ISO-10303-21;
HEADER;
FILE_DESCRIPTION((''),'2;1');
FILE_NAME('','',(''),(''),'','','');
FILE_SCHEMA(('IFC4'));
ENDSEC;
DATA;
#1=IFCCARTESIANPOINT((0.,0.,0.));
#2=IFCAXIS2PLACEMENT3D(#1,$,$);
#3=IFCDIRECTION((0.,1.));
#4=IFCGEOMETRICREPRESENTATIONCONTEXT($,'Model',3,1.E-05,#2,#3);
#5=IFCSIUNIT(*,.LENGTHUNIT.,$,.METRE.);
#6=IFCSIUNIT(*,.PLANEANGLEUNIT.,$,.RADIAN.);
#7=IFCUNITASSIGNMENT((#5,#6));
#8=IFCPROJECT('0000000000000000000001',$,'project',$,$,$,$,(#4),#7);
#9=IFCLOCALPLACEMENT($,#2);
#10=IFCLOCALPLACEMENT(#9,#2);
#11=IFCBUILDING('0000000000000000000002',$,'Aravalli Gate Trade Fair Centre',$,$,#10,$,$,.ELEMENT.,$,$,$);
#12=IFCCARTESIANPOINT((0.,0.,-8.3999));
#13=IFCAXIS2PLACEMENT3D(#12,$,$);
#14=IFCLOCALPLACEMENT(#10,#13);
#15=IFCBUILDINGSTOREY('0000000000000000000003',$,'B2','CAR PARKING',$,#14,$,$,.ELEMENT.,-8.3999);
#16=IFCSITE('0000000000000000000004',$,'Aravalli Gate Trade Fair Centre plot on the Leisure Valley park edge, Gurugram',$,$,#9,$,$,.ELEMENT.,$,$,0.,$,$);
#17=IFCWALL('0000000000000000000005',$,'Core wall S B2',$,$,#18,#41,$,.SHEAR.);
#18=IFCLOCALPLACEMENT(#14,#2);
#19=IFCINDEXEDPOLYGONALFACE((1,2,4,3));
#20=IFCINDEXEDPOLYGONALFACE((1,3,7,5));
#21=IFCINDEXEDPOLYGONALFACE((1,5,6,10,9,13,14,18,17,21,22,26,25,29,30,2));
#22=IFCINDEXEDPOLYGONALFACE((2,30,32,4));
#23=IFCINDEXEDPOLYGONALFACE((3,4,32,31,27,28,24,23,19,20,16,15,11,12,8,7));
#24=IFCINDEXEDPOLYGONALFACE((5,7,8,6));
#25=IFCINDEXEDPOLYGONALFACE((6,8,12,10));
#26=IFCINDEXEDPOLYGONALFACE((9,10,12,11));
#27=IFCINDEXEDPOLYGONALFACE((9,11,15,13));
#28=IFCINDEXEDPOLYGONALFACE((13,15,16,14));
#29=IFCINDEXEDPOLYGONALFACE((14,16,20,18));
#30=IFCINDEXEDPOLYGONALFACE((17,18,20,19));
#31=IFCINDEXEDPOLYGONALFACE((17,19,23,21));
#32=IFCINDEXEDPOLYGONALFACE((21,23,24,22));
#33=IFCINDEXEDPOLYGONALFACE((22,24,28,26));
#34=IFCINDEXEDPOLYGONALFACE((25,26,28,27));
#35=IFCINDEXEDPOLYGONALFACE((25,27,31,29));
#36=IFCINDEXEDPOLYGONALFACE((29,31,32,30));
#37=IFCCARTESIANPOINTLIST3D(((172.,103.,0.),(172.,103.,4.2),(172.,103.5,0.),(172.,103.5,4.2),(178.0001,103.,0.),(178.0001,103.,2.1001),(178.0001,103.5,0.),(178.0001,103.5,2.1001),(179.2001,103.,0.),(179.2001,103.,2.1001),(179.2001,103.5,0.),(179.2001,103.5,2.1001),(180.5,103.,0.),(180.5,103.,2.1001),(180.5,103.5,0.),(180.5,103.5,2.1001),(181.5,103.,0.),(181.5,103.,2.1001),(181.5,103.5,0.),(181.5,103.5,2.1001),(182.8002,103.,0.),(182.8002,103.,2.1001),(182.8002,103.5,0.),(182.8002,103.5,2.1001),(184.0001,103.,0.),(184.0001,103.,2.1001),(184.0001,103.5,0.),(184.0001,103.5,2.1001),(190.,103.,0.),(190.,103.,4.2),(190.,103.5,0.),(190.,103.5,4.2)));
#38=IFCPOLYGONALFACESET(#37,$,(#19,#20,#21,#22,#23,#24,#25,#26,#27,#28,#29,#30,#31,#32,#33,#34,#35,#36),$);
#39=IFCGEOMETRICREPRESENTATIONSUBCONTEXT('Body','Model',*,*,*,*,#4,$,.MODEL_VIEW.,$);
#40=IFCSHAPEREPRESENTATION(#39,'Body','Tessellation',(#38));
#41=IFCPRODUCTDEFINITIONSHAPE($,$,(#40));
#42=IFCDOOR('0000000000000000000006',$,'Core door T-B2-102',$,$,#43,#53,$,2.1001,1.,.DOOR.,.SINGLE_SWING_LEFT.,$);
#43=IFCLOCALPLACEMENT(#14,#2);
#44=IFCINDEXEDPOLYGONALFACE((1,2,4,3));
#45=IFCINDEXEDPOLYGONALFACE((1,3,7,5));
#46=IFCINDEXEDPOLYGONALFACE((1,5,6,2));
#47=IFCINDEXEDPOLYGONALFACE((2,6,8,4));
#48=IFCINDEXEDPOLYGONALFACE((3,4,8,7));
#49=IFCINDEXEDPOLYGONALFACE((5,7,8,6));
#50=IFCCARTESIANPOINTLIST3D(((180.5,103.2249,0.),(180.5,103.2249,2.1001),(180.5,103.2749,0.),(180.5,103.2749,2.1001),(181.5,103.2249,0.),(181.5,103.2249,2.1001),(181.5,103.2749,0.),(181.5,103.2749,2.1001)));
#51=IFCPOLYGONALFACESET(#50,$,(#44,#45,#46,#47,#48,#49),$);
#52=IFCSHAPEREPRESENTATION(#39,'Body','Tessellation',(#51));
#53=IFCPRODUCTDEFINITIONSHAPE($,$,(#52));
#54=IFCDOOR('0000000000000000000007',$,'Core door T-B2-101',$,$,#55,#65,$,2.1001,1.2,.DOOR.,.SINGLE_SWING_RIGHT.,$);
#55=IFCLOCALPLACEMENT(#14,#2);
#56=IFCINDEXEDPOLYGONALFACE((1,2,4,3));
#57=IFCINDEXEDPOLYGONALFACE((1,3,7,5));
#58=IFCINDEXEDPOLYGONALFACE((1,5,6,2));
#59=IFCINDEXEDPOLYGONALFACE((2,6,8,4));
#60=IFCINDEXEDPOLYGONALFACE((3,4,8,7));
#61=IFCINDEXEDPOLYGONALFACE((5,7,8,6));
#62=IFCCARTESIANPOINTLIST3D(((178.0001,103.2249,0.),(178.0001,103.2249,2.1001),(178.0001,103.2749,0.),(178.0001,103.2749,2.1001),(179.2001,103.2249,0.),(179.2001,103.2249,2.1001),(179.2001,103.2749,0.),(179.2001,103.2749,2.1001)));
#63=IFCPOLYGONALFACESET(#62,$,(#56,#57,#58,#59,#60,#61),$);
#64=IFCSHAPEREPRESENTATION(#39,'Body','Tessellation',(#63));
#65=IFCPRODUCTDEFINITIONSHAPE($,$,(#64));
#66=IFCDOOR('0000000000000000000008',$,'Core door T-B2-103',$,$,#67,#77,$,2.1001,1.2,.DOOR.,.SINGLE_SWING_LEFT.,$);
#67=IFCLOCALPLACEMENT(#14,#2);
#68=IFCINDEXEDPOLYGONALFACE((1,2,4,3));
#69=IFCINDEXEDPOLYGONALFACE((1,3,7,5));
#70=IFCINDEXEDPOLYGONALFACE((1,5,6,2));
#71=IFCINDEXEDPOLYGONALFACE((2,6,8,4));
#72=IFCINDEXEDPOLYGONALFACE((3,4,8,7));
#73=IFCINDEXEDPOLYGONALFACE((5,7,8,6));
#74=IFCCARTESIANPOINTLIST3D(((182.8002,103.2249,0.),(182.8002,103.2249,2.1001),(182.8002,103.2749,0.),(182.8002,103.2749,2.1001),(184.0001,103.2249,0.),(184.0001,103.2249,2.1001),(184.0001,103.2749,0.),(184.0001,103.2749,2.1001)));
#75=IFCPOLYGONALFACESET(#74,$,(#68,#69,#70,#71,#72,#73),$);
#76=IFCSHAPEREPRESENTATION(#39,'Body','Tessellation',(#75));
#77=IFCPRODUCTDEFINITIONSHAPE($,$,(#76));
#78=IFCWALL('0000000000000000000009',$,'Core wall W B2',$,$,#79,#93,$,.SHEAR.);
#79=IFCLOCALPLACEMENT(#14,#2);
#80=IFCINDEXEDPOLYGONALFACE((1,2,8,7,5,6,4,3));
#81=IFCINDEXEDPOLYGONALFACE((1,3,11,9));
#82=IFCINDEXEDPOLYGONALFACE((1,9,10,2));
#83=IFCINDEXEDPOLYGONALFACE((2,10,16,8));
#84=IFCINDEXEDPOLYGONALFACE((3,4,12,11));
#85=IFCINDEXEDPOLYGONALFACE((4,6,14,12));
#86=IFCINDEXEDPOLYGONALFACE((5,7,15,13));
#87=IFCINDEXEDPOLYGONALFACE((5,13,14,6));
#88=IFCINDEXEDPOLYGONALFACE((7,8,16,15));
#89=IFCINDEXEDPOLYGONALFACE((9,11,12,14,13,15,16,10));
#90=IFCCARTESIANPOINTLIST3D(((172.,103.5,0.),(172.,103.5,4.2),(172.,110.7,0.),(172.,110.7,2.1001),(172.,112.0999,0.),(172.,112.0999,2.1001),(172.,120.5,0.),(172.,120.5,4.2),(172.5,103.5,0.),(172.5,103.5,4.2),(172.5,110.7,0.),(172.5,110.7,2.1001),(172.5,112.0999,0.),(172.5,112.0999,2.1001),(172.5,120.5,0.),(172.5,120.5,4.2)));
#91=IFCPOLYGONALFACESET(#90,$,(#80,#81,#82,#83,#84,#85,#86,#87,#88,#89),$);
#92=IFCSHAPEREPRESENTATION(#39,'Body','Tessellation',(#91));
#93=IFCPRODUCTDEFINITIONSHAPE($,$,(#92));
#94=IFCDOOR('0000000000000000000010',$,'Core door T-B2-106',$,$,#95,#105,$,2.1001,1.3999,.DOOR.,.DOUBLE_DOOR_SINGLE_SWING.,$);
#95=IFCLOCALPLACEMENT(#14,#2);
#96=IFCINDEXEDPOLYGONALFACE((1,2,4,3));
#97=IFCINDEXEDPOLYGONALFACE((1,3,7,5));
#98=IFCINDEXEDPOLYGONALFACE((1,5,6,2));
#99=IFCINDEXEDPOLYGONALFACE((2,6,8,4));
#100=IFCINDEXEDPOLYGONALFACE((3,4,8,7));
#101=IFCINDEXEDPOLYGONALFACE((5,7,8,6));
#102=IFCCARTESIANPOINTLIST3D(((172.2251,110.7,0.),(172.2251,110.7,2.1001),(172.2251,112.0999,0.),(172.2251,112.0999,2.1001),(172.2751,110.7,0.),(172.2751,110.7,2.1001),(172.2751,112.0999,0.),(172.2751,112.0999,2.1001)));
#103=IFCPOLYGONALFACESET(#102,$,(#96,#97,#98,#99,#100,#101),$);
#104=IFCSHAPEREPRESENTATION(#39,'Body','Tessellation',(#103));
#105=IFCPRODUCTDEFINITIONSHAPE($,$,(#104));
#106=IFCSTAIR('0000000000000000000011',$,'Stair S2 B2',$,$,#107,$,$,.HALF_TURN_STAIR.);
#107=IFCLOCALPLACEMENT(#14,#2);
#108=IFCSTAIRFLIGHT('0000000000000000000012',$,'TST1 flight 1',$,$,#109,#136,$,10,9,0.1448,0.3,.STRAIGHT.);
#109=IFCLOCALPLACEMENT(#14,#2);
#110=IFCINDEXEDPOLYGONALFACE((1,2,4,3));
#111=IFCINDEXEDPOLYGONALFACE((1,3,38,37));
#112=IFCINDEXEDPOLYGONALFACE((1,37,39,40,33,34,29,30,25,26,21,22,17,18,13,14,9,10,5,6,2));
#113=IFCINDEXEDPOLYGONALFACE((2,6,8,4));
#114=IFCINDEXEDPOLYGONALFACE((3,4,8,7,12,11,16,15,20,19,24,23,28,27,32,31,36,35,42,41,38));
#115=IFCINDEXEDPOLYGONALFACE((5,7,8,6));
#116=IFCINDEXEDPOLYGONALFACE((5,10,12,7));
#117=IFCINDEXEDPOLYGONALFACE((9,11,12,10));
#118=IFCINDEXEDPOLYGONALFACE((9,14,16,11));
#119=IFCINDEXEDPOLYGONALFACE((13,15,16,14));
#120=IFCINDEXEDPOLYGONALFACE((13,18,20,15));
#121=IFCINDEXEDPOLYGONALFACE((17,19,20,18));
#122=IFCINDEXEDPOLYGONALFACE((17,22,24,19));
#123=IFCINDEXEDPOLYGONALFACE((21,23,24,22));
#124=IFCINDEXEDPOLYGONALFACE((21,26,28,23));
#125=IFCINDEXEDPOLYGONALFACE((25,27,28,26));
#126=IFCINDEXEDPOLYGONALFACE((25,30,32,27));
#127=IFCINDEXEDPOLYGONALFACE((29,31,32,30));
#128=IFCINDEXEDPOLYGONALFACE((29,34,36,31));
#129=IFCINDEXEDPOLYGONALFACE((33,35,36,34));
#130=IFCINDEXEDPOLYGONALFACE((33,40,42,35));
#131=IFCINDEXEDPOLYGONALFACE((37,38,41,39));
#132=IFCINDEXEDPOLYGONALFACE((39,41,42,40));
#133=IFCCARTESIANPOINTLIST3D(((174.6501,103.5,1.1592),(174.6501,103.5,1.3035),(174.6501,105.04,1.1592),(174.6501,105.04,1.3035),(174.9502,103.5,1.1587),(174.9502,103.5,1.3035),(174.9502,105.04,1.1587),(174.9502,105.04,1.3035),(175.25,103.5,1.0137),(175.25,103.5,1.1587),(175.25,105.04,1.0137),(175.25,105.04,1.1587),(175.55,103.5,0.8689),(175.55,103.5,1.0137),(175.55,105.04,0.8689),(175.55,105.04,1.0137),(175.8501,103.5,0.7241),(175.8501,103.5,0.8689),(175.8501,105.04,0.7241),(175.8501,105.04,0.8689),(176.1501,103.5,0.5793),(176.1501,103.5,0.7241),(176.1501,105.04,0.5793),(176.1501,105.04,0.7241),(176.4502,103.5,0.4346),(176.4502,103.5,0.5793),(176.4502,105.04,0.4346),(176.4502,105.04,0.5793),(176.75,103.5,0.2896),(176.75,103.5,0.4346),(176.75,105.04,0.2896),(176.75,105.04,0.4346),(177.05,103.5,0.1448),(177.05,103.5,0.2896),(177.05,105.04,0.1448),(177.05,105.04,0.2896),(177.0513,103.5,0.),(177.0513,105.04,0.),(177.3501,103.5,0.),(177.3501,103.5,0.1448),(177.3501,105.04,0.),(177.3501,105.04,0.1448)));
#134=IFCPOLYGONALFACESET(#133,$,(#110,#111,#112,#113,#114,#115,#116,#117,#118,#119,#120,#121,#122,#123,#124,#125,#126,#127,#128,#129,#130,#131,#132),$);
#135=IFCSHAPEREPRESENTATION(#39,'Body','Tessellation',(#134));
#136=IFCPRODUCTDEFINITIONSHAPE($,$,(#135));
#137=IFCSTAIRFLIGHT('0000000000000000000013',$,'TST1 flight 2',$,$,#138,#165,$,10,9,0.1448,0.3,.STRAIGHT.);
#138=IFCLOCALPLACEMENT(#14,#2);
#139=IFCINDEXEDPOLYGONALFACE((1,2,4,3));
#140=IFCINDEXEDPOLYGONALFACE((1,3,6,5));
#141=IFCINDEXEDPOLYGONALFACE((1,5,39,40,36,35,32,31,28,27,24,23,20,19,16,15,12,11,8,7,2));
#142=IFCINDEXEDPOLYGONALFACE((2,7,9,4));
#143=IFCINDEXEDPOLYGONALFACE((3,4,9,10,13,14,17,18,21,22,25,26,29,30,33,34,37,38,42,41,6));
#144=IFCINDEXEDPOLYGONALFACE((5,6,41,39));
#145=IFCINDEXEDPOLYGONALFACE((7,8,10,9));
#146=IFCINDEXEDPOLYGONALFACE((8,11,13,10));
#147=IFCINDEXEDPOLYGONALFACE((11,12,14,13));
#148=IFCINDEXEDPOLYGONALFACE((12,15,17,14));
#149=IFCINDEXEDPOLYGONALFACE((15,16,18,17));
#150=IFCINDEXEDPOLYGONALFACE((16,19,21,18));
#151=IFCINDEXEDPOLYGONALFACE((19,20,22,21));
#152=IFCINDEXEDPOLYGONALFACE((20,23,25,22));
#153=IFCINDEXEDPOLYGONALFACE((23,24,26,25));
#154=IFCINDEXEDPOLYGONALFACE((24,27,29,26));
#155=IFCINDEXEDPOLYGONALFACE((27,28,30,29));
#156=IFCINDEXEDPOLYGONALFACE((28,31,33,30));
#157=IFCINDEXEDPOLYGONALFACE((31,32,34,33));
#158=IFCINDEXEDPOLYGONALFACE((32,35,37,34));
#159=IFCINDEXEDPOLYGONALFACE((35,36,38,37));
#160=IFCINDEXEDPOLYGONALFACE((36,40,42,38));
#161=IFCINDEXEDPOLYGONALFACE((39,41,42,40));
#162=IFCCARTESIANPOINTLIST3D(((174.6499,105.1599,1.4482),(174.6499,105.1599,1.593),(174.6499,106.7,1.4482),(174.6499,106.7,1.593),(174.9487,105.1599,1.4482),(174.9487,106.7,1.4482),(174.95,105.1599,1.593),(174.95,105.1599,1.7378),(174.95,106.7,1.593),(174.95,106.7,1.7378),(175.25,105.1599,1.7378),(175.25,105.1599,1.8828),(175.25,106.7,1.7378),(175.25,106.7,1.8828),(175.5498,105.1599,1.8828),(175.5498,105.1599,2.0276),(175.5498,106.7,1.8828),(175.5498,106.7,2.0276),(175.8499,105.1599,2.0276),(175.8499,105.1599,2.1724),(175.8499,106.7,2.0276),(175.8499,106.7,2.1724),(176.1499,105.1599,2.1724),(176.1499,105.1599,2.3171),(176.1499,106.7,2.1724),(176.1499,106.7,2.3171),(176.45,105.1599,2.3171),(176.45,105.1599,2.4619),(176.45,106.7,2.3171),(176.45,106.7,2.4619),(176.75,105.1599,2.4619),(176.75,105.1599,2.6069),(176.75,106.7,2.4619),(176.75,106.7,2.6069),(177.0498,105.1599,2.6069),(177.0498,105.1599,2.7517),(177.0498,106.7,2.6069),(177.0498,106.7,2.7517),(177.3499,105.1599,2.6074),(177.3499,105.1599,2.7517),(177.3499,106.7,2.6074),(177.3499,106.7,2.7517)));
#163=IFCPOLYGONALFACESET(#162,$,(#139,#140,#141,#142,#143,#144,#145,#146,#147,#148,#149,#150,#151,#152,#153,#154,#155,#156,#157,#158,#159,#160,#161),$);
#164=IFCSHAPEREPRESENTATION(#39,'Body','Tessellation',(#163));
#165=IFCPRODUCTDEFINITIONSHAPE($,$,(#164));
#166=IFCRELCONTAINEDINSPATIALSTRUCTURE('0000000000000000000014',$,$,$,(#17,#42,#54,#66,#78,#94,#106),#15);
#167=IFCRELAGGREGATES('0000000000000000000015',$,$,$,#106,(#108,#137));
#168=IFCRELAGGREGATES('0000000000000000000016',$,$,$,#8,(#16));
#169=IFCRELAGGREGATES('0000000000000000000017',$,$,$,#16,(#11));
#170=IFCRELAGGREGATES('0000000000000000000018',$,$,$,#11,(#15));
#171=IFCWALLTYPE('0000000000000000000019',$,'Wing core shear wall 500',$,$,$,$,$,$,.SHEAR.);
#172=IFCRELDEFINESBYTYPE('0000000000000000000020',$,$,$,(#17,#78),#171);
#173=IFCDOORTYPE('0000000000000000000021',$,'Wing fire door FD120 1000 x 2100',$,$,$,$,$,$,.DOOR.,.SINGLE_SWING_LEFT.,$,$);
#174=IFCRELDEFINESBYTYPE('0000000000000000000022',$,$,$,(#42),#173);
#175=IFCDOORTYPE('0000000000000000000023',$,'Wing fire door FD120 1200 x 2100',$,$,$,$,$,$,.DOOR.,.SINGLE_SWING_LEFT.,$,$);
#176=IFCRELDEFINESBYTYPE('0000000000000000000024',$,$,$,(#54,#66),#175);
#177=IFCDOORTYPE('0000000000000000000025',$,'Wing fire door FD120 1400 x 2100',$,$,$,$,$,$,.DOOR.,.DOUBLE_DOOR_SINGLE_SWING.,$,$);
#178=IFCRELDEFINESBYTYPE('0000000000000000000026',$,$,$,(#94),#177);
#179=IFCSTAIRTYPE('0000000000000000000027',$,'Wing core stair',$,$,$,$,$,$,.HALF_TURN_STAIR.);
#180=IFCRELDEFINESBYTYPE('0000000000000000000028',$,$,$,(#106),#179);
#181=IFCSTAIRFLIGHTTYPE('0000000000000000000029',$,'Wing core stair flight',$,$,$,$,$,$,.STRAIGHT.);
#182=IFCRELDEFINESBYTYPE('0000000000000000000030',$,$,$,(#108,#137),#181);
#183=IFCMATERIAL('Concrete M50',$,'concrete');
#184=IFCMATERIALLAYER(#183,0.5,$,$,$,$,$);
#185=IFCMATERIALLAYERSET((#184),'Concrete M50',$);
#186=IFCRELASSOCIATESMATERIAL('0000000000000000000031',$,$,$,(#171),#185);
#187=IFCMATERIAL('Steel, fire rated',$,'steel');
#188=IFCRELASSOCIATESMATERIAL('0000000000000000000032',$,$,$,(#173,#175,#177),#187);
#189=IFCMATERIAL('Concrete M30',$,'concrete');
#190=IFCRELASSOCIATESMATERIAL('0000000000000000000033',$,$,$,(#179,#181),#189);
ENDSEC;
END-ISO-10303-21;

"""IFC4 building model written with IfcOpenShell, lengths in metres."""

from ifc_helpers import new_model, si_unit, direction, frame, frame_2d, origin, place, context, subcontext, project, spatial, polyline, rectangle, outline, extrude, material, layer, layer_set, type_object, element, fill, aggregate, save


model = new_model("IFC4")

# Units and contexts
model_context = context("Model", 3, precision=1e-05, world=origin(), true_north=direction((0.0, 1.0)))
body_context = subcontext(model_context, "Body", "Model", "MODEL_VIEW")
ifc_project = project(units=[si_unit("LENGTHUNIT", "METRE"), si_unit("PLANEANGLEUNIT", "RADIAN")], contexts=[model_context])

# Site, building, storey
site_placement = place(None, origin())
site = spatial("IfcSite", under=ifc_project, at=site_placement, Name="Aravalli Gate Trade Fair Centre plot on the Leisure Valley park edge, Gurugram", CompositionType="ELEMENT", RefElevation=0.0)
building_placement = place(site_placement, origin())
building = spatial("IfcBuilding", under=site, at=building_placement, Name="Aravalli Gate Trade Fair Centre", CompositionType="ELEMENT")
storey_placement = place(building_placement, frame((0.0, 0.0, -8.3999)))
storey = spatial("IfcBuildingStorey", under=building, at=storey_placement, Name="B2", Description="CAR PARKING", CompositionType="ELEMENT", Elevation=-8.3999)

# Shared definitions
ifc_material_1 = material(Name="Concrete M30", Category="concrete")

# Wall, openings, doors
ifc_material_2 = material(Name="Concrete M50", Category="concrete")
ifc_layer_1 = layer(ifc_material_2, 0.5)
ifc_layer_set_1 = layer_set([ifc_layer_1], Name="Concrete M50")
wall_type_1 = type_object("IfcWallType", Name="Wing core shear wall 500", PredefinedType="SHEAR", material=ifc_layer_set_1)
wall_1_placement = place(storey_placement, frame((172.0, 103.25, 0.0), z_axis=(0.0, 0.0, 1.0), x_axis=(1.0, 0.0, 0.0)))
wall_1 = element("IfcWall", 1, at=wall_1_placement, inside=storey, type_object=wall_type_1, Name="Core wall S B2", PredefinedType="SHEAR", context=body_context, shape_type="SweptSolid", body=[
    extrude(rectangle(XDim=18.0, YDim=0.5, at=frame_2d((9.0, 0.0))), origin(), (0.0, 0.0, 1.0), 4.2),
])
opening_1_placement = place(wall_1_placement, frame((8.5, 0.0, 0.0)))
opening_1 = element("IfcOpeningElement", 2, at=opening_1_placement, cuts=wall_1, PredefinedType="OPENING", context=body_context, shape_type="SweptSolid", body=[
    extrude(rectangle(XDim=1.0, YDim=2.1001, at=frame_2d((0.5, 1.05))), frame((0.0, 0.26, 0.0), z_axis=(0.0, -1.0, 0.0), x_axis=(1.0, 0.0, 0.0)), (0.0, 0.0, 1.0), 0.52),
])
opening_2_placement = place(wall_1_placement, frame((6.0, 0.0, 0.0)))
opening_2 = element("IfcOpeningElement", 3, at=opening_2_placement, cuts=wall_1, PredefinedType="OPENING", context=body_context, shape_type="SweptSolid", body=[
    extrude(rectangle(XDim=1.2, YDim=2.1001, at=frame_2d((0.6001, 1.05))), frame((0.0, 0.26, 0.0), z_axis=(0.0, -1.0, 0.0), x_axis=(1.0, 0.0, 0.0)), (0.0, 0.0, 1.0), 0.52),
])
opening_3_placement = place(wall_1_placement, frame((10.8, 0.0, 0.0)))
opening_3 = element("IfcOpeningElement", 4, at=opening_3_placement, cuts=wall_1, PredefinedType="OPENING", context=body_context, shape_type="SweptSolid", body=[
    extrude(rectangle(XDim=1.2, YDim=2.1001, at=frame_2d((0.6001, 1.05))), frame((0.0, 0.26, 0.0), z_axis=(0.0, -1.0, 0.0), x_axis=(1.0, 0.0, 0.0)), (0.0, 0.0, 1.0), 0.52),
])
ifc_material_3 = material(Name="Steel, fire rated", Category="steel")
door_type_1 = type_object("IfcDoorType", Name="Wing fire door FD120 1000 x 2100", OperationType="SINGLE_SWING_LEFT", PredefinedType="DOOR", material=ifc_material_3)
door_1_placement = place(opening_1_placement, origin())
door_1 = element("IfcDoor", 5, at=door_1_placement, inside=storey, type_object=door_type_1, Name="Core door T-B2-102", OperationType="SINGLE_SWING_LEFT", OverallHeight=2.1001, OverallWidth=1.0, PredefinedType="DOOR", context=body_context, shape_type="SweptSolid", body=[
    extrude(rectangle(XDim=1.0, YDim=2.1001, at=frame_2d((0.5, 1.05))), frame((0.0, 0.0249, 0.0), z_axis=(0.0, -1.0, 0.0), x_axis=(1.0, 0.0, 0.0)), (0.0, 0.0, 1.0), 0.05),
])
fill(opening_1, door_1)
door_type_2 = type_object("IfcDoorType", Name="Wing fire door FD120 1200 x 2100", OperationType="SINGLE_SWING_LEFT", PredefinedType="DOOR", material=ifc_material_3)
door_2_placement = place(opening_2_placement, origin())
door_2 = element("IfcDoor", 6, at=door_2_placement, inside=storey, type_object=door_type_2, Name="Core door T-B2-101", OperationType="SINGLE_SWING_RIGHT", OverallHeight=2.1001, OverallWidth=1.2, PredefinedType="DOOR", context=body_context, shape_type="SweptSolid", body=[
    extrude(rectangle(XDim=1.2, YDim=2.1001, at=frame_2d((0.6001, 1.05))), frame((0.0, 0.0249, 0.0), z_axis=(0.0, -1.0, 0.0), x_axis=(1.0, 0.0, 0.0)), (0.0, 0.0, 1.0), 0.05),
])
fill(opening_2, door_2)
door_3_placement = place(opening_3_placement, origin())
door_3 = element("IfcDoor", 7, at=door_3_placement, inside=storey, type_object=door_type_2, Name="Core door T-B2-103", OperationType="SINGLE_SWING_LEFT", OverallHeight=2.1001, OverallWidth=1.2, PredefinedType="DOOR", context=body_context, shape_type="SweptSolid", body=[
    extrude(rectangle(XDim=1.2, YDim=2.1001, at=frame_2d((0.6001, 1.05))), frame((0.0, 0.0249, 0.0), z_axis=(0.0, -1.0, 0.0), x_axis=(1.0, 0.0, 0.0)), (0.0, 0.0, 1.0), 0.05),
])
fill(opening_3, door_3)

# Wall, opening, door
wall_2_placement = place(storey_placement, frame((172.25, 103.5, 0.0), z_axis=(0.0, 0.0, 1.0), x_axis=(0.0, 1.0, 0.0)))
wall_2 = element("IfcWall", 8, at=wall_2_placement, inside=storey, type_object=wall_type_1, Name="Core wall W B2", PredefinedType="SHEAR", context=body_context, shape_type="SweptSolid", body=[
    extrude(rectangle(XDim=17.0, YDim=0.5, at=frame_2d((8.5, 0.0))), origin(), (0.0, 0.0, 1.0), 4.2),
])
opening_4_placement = place(wall_2_placement, frame((7.2, 0.0, 0.0)))
opening_4 = element("IfcOpeningElement", 9, at=opening_4_placement, cuts=wall_2, PredefinedType="OPENING", context=body_context, shape_type="SweptSolid", body=[
    extrude(rectangle(XDim=1.3999, YDim=2.1001, at=frame_2d((0.7, 1.05))), frame((0.0, 0.26, 0.0), z_axis=(0.0, -1.0, 0.0), x_axis=(1.0, 0.0, 0.0)), (0.0, 0.0, 1.0), 0.52),
])
door_type_3 = type_object("IfcDoorType", Name="Wing fire door FD120 1400 x 2100", OperationType="DOUBLE_DOOR_SINGLE_SWING", PredefinedType="DOOR", material=ifc_material_3)
door_4_placement = place(opening_4_placement, origin())
door_4 = element("IfcDoor", 10, at=door_4_placement, inside=storey, type_object=door_type_3, Name="Core door T-B2-106", OperationType="DOUBLE_DOOR_SINGLE_SWING", OverallHeight=2.1001, OverallWidth=1.3999, PredefinedType="DOOR", context=body_context, shape_type="SweptSolid", body=[
    extrude(rectangle(XDim=1.3999, YDim=2.1001, at=frame_2d((0.7, 1.05))), frame((0.0, 0.0249, 0.0), z_axis=(0.0, -1.0, 0.0), x_axis=(1.0, 0.0, 0.0)), (0.0, 0.0, 1.0), 0.05),
])
fill(opening_4, door_4)

# Stair, stair flights
stair_type = type_object("IfcStairType", Name="Wing core stair", PredefinedType="HALF_TURN_STAIR", material=ifc_material_1)
stair_placement = place(storey_placement, origin())
stair = element("IfcStair", 11, at=stair_placement, inside=storey, type_object=stair_type, Name="Stair S2 B2", PredefinedType="HALF_TURN_STAIR")
stair_flight_type = type_object("IfcStairFlightType", Name="Wing core stair flight", PredefinedType="STRAIGHT", material=ifc_material_1)
stair_flight_1_placement = place(storey_placement, frame((177.3501, 104.27, 0.0), z_axis=(0.0, 0.0, 1.0), x_axis=(-1.0, 0.0, 0.0)))
stair_flight_1 = element("IfcStairFlight", 12, at=stair_flight_1_placement, type_object=stair_flight_type, Name="TST1 flight 1", NumberOfRisers=10, NumberOfTreads=9, PredefinedType="STRAIGHT", RiserHeight=0.1448, TreadLength=0.3, context=body_context, shape_type="SweptSolid", body=[
    extrude(outline(polyline([(0.0, 0.0), (0.0, 0.1448), (0.3, 0.1448), (0.3, 0.2896), (0.6001, 0.2896), (0.6001, 0.4346), (0.8999, 0.4346), (0.8999, 0.5793), (1.2, 0.5793), (1.2, 0.7241), (1.5, 0.7241), (1.5, 0.8689), (1.8, 0.8689), (1.8, 1.0137), (2.1001, 1.0137), (2.1001, 1.1587), (2.3999, 1.1587), (2.3999, 1.3035), (2.7, 1.3035), (2.7, 1.4482), (2.7, 1.1592), (0.2988, 0.0), (0.0, 0.0)])), frame((0.0, 0.77, 0.0), z_axis=(0.0, -1.0, 0.0), x_axis=(1.0, 0.0, 0.0)), (0.0, 0.0, 1.0), 1.54),
])
stair_flight_2_placement = place(storey_placement, frame((174.6499, 105.9299, 1.4482), z_axis=(0.0, 0.0, 1.0), x_axis=(1.0, 0.0, 0.0)))
stair_flight_2 = element("IfcStairFlight", 13, at=stair_flight_2_placement, type_object=stair_flight_type, Name="TST1 flight 2", NumberOfRisers=10, NumberOfTreads=9, PredefinedType="STRAIGHT", RiserHeight=0.1448, TreadLength=0.3, context=body_context, shape_type="SweptSolid", body=[
    extrude(outline(polyline([(0.0, 0.0), (0.0, 0.1448), (0.3, 0.1448), (0.3, 0.2896), (0.6001, 0.2896), (0.6001, 0.4346), (0.8999, 0.4346), (0.8999, 0.5793), (1.2, 0.5793), (1.2, 0.7241), (1.5, 0.7241), (1.5, 0.8689), (1.8, 0.8689), (1.8, 1.0137), (2.1001, 1.0137), (2.1001, 1.1587), (2.3999, 1.1587), (2.3999, 1.3035), (2.7, 1.3035), (2.7, 1.4482), (2.7, 1.1592), (0.2988, 0.0), (0.0, 0.0)])), frame((0.0, 0.77, 0.0), z_axis=(0.0, -1.0, 0.0), x_axis=(1.0, 0.0, 0.0)), (0.0, 0.0, 1.0), 1.54),
])
aggregate(stair, [stair_flight_1, stair_flight_2])

save(model, "model.ifc")
